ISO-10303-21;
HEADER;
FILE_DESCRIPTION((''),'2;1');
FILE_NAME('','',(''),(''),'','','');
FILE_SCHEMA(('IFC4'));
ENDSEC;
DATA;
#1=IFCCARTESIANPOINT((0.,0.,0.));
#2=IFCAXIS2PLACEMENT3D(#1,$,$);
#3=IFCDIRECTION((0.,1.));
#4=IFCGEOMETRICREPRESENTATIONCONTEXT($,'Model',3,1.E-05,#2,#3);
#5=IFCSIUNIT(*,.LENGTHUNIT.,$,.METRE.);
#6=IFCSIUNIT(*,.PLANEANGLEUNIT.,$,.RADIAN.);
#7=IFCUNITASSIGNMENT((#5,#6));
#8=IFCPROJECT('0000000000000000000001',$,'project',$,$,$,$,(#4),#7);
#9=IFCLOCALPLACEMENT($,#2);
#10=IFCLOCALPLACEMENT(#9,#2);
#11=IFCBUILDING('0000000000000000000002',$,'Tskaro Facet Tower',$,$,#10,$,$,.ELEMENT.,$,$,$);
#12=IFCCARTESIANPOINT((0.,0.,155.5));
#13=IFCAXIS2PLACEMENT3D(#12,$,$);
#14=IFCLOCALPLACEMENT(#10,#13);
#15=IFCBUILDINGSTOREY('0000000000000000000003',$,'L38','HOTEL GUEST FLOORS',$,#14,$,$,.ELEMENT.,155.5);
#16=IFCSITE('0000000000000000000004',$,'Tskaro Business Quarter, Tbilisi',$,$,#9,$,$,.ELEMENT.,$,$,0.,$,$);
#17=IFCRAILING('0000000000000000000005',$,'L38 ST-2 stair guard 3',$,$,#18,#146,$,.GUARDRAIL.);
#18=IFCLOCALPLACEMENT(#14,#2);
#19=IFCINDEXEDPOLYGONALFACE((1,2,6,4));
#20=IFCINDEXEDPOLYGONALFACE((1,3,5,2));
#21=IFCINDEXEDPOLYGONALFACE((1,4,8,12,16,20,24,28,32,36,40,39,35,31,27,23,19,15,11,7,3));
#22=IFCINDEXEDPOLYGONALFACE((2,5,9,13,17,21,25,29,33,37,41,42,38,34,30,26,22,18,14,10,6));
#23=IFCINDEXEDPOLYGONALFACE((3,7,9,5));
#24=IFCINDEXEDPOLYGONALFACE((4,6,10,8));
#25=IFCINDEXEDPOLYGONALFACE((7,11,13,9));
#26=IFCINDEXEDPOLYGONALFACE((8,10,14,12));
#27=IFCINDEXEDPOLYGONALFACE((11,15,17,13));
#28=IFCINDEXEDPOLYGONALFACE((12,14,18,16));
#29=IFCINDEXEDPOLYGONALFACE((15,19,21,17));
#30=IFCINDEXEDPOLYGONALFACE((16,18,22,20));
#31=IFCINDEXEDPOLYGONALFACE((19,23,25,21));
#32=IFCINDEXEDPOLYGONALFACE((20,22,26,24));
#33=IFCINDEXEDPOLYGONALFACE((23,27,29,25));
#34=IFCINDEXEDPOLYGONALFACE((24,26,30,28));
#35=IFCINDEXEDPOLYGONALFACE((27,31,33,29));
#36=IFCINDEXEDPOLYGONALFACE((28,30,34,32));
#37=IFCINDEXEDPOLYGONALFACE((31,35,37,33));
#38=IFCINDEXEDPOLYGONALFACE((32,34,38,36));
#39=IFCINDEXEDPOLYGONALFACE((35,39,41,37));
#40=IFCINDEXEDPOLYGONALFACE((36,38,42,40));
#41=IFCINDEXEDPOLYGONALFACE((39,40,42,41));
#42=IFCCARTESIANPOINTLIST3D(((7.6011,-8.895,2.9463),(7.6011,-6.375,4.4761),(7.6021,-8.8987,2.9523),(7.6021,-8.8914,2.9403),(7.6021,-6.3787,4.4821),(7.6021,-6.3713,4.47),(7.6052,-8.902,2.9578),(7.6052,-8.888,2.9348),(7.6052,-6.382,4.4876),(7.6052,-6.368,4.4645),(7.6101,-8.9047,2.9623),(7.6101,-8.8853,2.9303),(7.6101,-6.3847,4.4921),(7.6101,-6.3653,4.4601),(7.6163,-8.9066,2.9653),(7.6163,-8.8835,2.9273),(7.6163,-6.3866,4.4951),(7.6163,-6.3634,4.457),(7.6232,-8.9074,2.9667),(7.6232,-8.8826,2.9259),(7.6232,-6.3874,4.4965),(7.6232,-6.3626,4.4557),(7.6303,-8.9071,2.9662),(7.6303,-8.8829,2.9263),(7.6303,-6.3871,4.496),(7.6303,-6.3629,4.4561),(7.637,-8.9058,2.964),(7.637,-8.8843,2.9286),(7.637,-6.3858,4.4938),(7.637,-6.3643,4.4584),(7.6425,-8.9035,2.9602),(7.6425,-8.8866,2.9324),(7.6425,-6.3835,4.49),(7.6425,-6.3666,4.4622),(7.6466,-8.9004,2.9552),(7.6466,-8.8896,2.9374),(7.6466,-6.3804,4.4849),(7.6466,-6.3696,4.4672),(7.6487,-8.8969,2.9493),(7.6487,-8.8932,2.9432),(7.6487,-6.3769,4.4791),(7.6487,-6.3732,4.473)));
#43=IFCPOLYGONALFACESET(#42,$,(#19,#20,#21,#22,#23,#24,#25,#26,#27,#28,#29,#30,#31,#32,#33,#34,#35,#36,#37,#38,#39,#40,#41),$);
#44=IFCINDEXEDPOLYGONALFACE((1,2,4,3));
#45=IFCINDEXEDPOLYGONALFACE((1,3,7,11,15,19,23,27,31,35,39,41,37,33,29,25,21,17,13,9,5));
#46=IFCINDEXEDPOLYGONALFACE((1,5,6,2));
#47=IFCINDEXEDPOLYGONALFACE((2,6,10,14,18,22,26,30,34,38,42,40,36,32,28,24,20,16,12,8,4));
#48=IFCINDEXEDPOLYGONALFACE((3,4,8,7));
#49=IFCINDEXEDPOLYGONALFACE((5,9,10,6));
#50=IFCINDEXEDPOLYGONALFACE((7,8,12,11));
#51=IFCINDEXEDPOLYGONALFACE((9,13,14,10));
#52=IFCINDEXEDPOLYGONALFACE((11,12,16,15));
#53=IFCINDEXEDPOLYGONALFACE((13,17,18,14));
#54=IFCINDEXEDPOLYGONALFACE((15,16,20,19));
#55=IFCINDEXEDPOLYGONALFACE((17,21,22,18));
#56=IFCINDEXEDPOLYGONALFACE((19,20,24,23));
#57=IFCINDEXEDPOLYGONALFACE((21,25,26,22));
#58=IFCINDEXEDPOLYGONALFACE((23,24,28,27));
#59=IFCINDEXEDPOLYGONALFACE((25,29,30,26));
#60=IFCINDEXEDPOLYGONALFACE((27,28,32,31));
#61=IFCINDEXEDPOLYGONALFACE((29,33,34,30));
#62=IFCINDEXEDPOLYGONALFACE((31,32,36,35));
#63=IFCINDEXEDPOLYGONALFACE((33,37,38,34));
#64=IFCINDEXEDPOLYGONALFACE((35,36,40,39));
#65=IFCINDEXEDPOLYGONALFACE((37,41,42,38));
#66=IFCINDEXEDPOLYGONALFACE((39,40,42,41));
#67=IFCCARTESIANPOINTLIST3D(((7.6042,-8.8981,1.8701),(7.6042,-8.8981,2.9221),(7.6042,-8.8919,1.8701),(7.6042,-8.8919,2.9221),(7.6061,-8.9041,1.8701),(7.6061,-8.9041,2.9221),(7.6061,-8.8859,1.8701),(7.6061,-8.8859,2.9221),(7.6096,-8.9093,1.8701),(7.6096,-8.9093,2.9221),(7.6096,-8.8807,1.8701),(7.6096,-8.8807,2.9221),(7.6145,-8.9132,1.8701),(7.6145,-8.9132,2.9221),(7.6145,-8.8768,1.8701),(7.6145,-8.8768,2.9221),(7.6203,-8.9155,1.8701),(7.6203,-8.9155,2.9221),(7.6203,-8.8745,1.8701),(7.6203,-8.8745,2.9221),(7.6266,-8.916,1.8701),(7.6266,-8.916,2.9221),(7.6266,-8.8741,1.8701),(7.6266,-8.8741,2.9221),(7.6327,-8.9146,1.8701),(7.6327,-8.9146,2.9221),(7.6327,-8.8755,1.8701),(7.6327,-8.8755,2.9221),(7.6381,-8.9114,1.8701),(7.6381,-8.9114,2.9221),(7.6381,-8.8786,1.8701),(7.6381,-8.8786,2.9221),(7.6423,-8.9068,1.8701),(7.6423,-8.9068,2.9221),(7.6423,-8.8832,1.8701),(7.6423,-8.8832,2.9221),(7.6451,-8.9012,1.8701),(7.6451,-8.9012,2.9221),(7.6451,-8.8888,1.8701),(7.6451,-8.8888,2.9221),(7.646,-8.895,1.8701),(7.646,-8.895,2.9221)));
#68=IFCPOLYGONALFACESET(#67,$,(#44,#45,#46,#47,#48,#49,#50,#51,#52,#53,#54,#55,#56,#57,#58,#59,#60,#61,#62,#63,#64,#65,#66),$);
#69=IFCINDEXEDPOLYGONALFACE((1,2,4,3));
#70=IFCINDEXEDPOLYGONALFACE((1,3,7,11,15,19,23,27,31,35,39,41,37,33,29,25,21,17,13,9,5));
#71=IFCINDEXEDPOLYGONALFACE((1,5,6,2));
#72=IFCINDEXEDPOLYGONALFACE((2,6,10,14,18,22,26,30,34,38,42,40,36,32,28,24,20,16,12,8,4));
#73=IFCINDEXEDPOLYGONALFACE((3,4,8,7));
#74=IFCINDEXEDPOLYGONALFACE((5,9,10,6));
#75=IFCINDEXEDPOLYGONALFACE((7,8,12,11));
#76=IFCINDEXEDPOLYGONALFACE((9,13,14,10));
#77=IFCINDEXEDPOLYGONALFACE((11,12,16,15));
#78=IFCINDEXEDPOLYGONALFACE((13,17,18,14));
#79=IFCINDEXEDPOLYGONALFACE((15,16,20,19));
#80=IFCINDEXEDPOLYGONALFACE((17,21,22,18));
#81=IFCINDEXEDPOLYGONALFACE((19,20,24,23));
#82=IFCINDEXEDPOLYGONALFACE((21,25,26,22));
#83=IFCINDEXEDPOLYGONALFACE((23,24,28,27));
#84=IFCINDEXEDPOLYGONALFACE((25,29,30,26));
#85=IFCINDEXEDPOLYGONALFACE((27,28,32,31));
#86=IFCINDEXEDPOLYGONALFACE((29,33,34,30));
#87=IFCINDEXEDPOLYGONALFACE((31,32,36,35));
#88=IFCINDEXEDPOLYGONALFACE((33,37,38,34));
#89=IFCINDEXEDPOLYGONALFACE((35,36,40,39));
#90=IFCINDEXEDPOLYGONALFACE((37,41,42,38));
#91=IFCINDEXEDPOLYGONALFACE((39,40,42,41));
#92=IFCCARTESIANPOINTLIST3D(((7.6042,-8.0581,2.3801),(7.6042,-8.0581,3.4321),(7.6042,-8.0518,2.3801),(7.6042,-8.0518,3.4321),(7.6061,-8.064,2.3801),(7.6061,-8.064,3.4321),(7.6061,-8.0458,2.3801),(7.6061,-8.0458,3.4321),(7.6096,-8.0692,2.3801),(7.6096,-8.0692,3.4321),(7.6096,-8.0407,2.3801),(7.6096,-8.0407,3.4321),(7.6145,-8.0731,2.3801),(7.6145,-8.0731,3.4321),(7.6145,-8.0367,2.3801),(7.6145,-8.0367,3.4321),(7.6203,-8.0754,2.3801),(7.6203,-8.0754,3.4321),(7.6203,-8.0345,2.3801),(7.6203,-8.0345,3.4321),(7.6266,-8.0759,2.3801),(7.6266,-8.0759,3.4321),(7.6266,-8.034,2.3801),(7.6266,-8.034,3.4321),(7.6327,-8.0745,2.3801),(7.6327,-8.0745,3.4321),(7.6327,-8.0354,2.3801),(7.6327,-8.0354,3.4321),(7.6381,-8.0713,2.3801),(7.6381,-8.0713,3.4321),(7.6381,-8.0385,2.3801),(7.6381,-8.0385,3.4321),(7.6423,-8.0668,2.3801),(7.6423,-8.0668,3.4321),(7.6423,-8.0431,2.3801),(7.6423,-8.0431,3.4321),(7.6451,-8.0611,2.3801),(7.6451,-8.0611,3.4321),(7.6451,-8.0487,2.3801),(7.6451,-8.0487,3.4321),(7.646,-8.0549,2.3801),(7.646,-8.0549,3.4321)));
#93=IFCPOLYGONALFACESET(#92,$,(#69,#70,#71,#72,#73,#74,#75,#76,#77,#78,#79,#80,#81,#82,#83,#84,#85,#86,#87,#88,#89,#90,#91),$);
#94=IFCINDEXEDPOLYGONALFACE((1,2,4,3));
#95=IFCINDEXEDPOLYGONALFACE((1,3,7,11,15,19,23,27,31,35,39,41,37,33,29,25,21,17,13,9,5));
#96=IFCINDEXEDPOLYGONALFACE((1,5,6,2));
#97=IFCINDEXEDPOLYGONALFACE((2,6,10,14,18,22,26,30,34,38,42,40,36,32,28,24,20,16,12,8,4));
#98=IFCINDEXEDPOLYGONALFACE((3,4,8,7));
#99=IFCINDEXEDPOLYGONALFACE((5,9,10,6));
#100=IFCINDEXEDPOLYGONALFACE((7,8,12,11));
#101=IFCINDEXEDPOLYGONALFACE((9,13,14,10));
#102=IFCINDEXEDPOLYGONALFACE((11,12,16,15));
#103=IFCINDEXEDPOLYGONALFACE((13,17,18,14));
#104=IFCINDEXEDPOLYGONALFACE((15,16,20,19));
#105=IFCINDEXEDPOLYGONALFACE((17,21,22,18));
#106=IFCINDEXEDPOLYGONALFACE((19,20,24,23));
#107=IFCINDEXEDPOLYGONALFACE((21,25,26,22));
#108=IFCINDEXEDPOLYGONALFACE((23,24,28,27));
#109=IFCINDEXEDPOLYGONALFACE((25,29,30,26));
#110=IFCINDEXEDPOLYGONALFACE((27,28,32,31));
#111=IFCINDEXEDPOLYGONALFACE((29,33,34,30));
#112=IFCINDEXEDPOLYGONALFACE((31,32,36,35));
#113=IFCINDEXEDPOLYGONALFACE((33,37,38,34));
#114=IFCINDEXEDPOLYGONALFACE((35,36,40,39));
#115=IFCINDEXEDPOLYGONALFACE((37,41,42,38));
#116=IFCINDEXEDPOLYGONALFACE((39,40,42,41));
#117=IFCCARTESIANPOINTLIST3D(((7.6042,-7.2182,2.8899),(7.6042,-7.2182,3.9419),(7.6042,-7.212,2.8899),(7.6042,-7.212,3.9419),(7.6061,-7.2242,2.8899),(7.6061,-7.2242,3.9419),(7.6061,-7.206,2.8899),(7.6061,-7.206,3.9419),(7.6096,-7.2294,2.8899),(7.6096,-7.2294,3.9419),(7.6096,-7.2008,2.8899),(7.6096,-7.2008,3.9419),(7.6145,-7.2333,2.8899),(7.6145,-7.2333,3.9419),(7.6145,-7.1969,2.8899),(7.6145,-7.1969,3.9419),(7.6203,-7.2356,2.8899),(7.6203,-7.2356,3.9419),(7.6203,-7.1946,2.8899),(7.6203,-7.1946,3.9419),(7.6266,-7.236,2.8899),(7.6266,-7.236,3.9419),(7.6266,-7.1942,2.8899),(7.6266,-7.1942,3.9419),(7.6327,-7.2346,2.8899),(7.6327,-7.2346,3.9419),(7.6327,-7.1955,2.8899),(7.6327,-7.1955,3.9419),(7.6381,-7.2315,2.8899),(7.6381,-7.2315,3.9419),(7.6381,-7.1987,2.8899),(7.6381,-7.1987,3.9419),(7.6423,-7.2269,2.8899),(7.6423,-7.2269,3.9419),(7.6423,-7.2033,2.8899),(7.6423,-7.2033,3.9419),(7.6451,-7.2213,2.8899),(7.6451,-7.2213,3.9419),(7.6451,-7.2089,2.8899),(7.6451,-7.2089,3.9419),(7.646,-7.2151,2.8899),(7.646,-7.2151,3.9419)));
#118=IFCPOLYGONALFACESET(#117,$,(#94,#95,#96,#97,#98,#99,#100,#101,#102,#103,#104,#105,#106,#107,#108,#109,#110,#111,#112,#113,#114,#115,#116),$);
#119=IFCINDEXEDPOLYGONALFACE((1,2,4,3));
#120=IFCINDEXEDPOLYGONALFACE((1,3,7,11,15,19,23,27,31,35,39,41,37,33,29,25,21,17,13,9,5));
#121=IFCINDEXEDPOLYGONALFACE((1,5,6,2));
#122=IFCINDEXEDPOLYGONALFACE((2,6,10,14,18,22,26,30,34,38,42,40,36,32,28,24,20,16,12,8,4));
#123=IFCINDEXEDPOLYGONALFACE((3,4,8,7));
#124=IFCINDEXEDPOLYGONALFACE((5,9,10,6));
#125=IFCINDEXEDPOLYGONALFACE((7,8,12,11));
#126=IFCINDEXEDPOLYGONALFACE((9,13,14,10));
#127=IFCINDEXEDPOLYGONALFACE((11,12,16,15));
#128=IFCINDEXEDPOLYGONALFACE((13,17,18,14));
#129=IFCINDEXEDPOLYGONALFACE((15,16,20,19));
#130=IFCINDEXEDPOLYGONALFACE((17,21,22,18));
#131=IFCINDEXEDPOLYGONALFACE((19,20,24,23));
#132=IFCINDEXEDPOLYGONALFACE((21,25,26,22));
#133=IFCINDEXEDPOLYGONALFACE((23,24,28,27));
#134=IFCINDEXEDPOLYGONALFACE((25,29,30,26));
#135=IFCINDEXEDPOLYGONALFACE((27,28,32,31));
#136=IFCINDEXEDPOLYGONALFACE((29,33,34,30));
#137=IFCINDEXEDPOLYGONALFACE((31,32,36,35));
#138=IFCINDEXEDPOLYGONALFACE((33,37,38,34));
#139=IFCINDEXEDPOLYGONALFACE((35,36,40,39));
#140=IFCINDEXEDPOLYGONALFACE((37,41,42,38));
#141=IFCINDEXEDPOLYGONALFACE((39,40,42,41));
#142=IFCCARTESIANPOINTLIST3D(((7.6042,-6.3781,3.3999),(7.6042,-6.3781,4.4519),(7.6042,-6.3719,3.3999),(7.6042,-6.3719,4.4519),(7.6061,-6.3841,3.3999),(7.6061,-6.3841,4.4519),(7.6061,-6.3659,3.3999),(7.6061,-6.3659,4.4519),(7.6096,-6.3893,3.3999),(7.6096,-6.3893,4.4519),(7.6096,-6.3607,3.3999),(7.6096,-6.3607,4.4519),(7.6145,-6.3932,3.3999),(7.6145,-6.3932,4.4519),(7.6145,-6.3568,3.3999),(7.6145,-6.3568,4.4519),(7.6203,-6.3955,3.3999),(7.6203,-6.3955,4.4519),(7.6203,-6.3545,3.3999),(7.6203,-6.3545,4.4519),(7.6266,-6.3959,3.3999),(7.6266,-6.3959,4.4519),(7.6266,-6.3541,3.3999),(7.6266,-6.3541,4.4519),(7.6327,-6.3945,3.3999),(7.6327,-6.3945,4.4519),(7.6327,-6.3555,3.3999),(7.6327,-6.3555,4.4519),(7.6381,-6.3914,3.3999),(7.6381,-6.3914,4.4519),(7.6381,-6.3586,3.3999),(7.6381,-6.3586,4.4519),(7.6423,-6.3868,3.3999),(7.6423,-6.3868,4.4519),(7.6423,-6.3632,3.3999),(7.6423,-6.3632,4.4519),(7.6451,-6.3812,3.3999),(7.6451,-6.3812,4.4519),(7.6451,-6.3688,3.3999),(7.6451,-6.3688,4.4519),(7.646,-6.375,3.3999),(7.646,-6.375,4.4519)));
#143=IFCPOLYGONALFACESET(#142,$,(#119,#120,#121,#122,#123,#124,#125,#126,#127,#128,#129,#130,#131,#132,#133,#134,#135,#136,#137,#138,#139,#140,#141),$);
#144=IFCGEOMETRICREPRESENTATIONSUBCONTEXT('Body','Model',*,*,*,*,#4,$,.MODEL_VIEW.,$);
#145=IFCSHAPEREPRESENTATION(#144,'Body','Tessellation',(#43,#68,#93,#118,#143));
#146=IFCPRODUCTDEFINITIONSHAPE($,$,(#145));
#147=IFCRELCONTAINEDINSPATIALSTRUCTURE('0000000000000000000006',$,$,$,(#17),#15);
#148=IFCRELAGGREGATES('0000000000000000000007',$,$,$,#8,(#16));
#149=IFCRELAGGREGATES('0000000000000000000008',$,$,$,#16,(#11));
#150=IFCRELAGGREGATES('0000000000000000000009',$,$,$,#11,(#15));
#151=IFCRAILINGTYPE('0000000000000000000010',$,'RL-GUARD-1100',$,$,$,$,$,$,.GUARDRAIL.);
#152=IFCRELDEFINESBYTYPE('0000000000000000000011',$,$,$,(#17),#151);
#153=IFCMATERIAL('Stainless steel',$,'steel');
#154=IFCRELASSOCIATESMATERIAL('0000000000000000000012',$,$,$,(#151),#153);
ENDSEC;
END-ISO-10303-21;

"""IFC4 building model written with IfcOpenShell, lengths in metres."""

from ifc_helpers import new_model, si_unit, direction, frame, origin, origin_2d, place, context, subcontext, project, spatial, circle, extrude, material, type_object, element, save


model = new_model("IFC4")

# Units and contexts
model_context = context("Model", 3, precision=1e-05, world=origin(), true_north=direction((0.0, 1.0)))
body_context = subcontext(model_context, "Body", "Model", "MODEL_VIEW")
ifc_project = project(units=[si_unit("LENGTHUNIT", "METRE"), si_unit("PLANEANGLEUNIT", "RADIAN")], contexts=[model_context])

# Site, building, storey
site_placement = place(None, origin())
site = spatial("IfcSite", under=ifc_project, at=site_placement, Name="Tskaro Business Quarter, Tbilisi", CompositionType="ELEMENT", RefElevation=0.0)
building_placement = place(site_placement, origin())
building = spatial("IfcBuilding", under=site, at=building_placement, Name="Tskaro Facet Tower", CompositionType="ELEMENT")
storey_placement = place(building_placement, frame((0.0, 0.0, 155.5)))
storey = spatial("IfcBuildingStorey", under=building, at=storey_placement, Name="L38", Description="HOTEL GUEST FLOORS", CompositionType="ELEMENT", Elevation=155.5)

# Railing
ifc_material_1 = material(Name="Stainless steel", Category="steel")
railing_type_1 = type_object("IfcRailingType", Name="RL-GUARD-1100", PredefinedType="GUARDRAIL", material=ifc_material_1)
railing_1_placement = place(storey_placement, frame((7.625, -8.895, 1.8701)))
element("IfcRailing", 1, at=railing_1_placement, inside=storey, type_object=railing_type_1, Name="L38 ST-2 stair guard 3", PredefinedType="GUARDRAIL", context=body_context, shape_type="SweptSolid", body=[
    extrude(circle(Radius=0.0239, at=origin_2d()), frame((0.0, 0.0, 1.0762), z_axis=(0.0, 0.854822, 0.518922), x_axis=(-1.0, 0.0, 0.0)), (0.0, 0.0, 1.0), 2.948),
    extrude(circle(Radius=0.021, at=origin_2d()), origin(), (0.0, 0.0, 1.0), 1.052),
    extrude(circle(Radius=0.021, at=origin_2d()), frame((0.0, 0.8401, 0.51)), (0.0, 0.0, 1.0), 1.052),
    extrude(circle(Radius=0.021, at=origin_2d()), frame((0.0, 1.6799, 1.0198)), (0.0, 0.0, 1.0), 1.052),
    extrude(circle(Radius=0.021, at=origin_2d()), frame((0.0, 2.52, 1.5298)), (0.0, 0.0, 1.0), 1.052),
])

save(model, "model.ifc")
